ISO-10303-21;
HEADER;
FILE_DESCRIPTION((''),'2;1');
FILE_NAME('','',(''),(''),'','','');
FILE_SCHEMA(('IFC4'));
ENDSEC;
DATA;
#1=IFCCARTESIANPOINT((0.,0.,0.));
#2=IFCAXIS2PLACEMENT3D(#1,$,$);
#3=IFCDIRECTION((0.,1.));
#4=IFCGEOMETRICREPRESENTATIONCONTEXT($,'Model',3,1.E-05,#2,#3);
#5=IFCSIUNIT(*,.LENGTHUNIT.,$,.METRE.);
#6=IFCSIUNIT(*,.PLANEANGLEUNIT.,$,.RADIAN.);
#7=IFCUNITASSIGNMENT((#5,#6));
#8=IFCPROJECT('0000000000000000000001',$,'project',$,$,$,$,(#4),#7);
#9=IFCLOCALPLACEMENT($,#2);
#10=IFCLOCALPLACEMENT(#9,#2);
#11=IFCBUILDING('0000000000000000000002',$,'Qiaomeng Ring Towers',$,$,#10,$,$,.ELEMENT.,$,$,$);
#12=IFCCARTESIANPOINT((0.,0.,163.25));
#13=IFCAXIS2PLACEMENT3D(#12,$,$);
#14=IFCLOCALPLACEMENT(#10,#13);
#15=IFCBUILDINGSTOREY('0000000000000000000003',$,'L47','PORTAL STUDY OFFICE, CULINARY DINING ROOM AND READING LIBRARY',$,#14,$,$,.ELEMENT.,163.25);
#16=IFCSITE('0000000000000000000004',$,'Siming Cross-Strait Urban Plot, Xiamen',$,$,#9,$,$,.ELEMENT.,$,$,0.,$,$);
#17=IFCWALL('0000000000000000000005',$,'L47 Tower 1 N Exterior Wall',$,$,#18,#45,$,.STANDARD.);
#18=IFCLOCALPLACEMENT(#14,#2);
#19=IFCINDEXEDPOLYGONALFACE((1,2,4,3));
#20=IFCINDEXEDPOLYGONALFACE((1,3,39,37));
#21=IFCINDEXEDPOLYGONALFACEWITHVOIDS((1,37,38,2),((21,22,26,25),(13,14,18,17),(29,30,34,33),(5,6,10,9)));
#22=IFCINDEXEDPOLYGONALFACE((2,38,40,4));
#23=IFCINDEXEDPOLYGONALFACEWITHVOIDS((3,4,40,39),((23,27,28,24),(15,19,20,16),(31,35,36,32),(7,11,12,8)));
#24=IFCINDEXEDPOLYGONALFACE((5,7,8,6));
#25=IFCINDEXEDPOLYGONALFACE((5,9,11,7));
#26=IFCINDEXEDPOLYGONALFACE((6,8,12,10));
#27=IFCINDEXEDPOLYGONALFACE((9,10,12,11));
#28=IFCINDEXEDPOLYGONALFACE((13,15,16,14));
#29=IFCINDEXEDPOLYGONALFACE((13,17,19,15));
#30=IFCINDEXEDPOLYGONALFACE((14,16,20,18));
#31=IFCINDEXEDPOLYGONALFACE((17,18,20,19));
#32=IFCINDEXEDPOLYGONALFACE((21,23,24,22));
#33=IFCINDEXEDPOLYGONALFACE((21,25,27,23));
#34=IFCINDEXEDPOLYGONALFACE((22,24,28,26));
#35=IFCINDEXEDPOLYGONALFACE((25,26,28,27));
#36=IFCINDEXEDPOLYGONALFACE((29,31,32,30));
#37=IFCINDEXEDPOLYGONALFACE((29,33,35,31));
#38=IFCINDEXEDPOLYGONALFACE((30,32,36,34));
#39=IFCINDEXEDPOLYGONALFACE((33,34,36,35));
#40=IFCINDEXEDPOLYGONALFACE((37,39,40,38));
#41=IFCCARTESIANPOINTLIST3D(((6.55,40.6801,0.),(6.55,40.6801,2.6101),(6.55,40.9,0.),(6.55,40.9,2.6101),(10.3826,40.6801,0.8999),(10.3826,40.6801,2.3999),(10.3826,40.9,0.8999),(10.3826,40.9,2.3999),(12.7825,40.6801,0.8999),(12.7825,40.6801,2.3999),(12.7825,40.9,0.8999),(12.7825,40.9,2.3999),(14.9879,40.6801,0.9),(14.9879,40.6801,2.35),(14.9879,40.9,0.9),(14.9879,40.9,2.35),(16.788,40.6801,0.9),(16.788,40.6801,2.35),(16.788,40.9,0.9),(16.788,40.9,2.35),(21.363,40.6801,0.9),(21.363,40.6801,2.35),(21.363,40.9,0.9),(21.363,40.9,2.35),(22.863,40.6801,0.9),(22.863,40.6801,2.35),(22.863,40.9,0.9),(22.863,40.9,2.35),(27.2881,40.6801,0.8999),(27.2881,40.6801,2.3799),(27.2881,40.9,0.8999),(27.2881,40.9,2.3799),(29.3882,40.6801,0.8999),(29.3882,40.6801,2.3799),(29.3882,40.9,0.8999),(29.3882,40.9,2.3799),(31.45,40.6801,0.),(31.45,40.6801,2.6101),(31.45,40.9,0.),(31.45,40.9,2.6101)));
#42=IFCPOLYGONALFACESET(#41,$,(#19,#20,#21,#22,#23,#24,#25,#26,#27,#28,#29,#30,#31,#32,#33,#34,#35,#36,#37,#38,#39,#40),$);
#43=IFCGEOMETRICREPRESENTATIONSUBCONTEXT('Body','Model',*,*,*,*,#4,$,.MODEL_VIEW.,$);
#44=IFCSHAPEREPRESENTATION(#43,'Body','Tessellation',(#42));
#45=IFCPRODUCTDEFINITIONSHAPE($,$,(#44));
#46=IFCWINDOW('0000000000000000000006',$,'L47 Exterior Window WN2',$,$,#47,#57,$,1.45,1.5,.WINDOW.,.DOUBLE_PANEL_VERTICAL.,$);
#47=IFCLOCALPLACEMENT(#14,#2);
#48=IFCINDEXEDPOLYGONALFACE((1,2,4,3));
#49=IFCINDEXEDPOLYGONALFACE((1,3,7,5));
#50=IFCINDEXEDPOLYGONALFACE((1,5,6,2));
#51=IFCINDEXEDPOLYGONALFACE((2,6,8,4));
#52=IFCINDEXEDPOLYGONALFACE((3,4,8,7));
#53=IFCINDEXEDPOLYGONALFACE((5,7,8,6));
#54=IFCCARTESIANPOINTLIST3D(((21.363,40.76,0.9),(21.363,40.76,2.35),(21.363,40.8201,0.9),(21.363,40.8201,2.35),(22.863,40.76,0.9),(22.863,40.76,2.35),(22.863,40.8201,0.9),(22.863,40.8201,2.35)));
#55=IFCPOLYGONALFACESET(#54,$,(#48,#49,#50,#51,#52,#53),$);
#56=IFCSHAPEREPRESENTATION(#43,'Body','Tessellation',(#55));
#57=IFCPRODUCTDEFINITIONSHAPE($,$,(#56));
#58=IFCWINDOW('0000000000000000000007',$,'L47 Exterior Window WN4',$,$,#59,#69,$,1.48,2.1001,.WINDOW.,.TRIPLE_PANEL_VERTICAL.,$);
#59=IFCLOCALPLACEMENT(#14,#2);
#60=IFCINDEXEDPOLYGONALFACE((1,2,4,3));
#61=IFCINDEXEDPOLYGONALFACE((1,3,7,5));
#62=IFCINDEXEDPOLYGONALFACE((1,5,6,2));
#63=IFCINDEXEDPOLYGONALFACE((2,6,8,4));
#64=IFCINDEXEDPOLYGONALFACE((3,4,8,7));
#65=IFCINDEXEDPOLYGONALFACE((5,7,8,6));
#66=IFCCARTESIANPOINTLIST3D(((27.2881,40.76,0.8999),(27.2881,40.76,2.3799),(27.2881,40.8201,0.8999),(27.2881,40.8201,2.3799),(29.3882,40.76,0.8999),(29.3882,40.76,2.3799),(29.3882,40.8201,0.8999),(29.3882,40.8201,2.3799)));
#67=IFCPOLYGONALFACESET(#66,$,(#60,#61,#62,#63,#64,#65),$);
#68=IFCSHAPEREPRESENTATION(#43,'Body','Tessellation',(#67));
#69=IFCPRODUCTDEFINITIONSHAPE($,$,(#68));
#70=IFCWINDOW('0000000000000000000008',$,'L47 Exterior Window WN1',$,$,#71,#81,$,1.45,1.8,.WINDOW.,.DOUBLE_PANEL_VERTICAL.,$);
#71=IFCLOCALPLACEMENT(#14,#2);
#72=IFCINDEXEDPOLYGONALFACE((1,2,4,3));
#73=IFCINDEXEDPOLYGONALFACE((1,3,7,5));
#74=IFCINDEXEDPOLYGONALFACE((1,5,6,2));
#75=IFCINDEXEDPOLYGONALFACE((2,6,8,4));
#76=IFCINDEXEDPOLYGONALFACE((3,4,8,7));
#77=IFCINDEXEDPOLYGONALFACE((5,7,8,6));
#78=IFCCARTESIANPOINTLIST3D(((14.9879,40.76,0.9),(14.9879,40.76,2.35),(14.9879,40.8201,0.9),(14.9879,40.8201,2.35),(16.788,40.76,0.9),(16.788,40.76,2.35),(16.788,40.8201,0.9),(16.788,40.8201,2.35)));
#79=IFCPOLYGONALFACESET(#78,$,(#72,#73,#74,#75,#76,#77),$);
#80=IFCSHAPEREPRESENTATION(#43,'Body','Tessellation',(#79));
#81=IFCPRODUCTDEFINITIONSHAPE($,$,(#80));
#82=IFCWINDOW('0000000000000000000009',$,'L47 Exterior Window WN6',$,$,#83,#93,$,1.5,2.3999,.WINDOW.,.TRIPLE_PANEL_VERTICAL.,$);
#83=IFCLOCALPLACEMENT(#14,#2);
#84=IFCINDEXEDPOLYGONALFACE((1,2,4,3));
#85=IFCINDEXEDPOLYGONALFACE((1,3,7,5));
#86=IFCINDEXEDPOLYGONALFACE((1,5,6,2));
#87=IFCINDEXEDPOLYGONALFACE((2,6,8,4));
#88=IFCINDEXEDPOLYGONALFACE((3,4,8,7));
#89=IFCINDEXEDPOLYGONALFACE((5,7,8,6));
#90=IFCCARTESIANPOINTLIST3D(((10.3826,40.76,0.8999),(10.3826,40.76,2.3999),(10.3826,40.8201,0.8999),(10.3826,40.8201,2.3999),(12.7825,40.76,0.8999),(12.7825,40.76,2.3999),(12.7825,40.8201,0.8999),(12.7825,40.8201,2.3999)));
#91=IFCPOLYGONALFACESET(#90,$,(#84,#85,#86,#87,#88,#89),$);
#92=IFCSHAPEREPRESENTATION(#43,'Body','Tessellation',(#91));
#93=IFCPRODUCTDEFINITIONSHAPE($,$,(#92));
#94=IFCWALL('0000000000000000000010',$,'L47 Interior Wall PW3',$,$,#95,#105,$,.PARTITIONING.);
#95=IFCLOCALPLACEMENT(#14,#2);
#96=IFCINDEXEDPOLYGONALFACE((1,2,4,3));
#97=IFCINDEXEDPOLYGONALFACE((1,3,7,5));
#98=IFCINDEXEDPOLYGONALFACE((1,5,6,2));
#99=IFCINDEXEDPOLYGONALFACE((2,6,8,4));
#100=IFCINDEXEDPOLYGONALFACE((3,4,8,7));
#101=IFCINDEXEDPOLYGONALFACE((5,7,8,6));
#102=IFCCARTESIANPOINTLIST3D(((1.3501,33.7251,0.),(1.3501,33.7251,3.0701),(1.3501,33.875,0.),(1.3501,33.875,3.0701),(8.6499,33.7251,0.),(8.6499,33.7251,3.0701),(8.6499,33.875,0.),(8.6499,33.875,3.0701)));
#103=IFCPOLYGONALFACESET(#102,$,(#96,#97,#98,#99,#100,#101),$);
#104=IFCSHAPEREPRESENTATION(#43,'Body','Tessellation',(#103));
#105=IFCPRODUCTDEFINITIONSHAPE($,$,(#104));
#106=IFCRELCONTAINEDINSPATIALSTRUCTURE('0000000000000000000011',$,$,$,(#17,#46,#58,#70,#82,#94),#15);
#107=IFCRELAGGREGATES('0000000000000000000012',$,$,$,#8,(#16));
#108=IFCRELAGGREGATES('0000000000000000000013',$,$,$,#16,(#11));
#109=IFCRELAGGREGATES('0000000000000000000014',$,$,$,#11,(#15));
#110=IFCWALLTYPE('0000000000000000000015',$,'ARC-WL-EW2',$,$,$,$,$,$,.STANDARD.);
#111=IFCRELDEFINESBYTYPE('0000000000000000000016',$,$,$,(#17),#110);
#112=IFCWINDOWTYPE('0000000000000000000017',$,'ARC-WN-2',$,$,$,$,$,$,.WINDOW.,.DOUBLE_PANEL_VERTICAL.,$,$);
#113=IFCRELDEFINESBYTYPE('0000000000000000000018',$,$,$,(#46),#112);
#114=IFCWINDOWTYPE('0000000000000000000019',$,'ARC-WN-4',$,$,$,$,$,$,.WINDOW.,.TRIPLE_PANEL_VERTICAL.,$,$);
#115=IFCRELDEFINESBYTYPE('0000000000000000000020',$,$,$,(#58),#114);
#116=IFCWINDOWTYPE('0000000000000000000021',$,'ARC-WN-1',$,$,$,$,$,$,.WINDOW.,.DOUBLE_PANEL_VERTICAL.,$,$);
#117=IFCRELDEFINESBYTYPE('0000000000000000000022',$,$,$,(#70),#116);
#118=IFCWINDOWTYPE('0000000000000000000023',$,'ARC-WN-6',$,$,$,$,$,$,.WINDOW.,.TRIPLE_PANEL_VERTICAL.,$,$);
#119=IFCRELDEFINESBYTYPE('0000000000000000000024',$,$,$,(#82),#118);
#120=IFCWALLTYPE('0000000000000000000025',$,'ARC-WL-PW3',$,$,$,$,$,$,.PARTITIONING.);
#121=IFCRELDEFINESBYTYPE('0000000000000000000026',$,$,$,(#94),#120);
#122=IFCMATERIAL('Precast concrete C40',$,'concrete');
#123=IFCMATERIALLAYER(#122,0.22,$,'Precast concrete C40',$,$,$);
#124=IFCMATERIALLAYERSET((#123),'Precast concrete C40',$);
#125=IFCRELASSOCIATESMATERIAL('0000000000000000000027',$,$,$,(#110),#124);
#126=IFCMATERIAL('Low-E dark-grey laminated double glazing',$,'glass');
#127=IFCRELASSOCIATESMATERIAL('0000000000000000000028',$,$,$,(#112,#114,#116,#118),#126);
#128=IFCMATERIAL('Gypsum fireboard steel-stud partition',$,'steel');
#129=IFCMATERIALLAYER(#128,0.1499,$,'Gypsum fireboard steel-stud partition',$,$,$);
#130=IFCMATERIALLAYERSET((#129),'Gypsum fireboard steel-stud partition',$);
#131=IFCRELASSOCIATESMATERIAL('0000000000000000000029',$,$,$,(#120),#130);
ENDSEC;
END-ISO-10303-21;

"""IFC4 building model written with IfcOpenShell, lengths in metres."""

from ifc_helpers import new_model, si_unit, direction, frame, frame_2d, origin, place, context, subcontext, project, spatial, rectangle, extrude, source, transform, mapped, material, layer, layer_set, type_object, element, fill, save


model = new_model("IFC4")

# Units and contexts
model_context = context("Model", 3, precision=1e-05, world=origin(), true_north=direction((0.0, 1.0)))
body_context = subcontext(model_context, "Body", "Model", "MODEL_VIEW")
ifc_project = project(units=[si_unit("LENGTHUNIT", "METRE"), si_unit("PLANEANGLEUNIT", "RADIAN")], contexts=[model_context])

# Site, building, storey
site_placement = place(None, origin())
site = spatial("IfcSite", under=ifc_project, at=site_placement, Name="Siming Cross-Strait Urban Plot, Xiamen", CompositionType="ELEMENT", RefElevation=0.0)
building_placement = place(site_placement, origin())
building = spatial("IfcBuilding", under=site, at=building_placement, Name="Qiaomeng Ring Towers", CompositionType="ELEMENT")
storey_placement = place(building_placement, frame((0.0, 0.0, 163.25)))
storey = spatial("IfcBuildingStorey", under=building, at=storey_placement, Name="L47", Description="PORTAL STUDY OFFICE, CULINARY DINING ROOM AND READING LIBRARY", CompositionType="ELEMENT", Elevation=163.25)

# Shared definitions
ifc_material_1 = material(Name="Low-E dark-grey laminated double glazing", Category="glass")

# Wall, openings, windows
ifc_material_2 = material(Name="Precast concrete C40", Category="concrete")
ifc_layer_1 = layer(ifc_material_2, 0.22, Name="Precast concrete C40")
ifc_layer_set_1 = layer_set([ifc_layer_1], Name="Precast concrete C40")
wall_type_1 = type_object("IfcWallType", Name="ARC-WL-EW2", PredefinedType="STANDARD", material=ifc_layer_set_1)
wall_1_placement = place(storey_placement, frame((6.55, 40.79, 0.0), z_axis=(0.0, 0.0, 1.0), x_axis=(1.0, 0.0, 0.0)))
wall_1 = element("IfcWall", 1, at=wall_1_placement, inside=storey, type_object=wall_type_1, Name="L47 Tower 1 N Exterior Wall", PredefinedType="STANDARD", context=body_context, shape_type="SweptSolid", body=[
    extrude(rectangle(XDim=24.8999, YDim=0.22, at=frame_2d((12.45, 0.0))), origin(), (0.0, 0.0, 1.0), 2.6101),
])
opening_1_placement = place(wall_1_placement, frame((3.8325, 0.0, 0.8999)))
opening_1 = element("IfcOpeningElement", 2, at=opening_1_placement, cuts=wall_1, PredefinedType="OPENING", context=body_context, shape_type="SweptSolid", body=[
    extrude(rectangle(XDim=2.3999, YDim=1.5, at=frame_2d((1.2, 0.75))), frame((0.0, 0.1199, 0.0), z_axis=(0.0, -1.0, 0.0), x_axis=(1.0, 0.0, 0.0)), (0.0, 0.0, 1.0), 0.24),
])
opening_2_placement = place(wall_1_placement, frame((8.438, 0.0, 0.8999)))
opening_2 = element("IfcOpeningElement", 3, at=opening_2_placement, cuts=wall_1, PredefinedType="OPENING", context=body_context, shape_type="SweptSolid", body=[
    extrude(rectangle(XDim=1.8, YDim=1.45, at=frame_2d((0.8999, 0.7251))), frame((0.0, 0.1199, 0.0), z_axis=(0.0, -1.0, 0.0), x_axis=(1.0, 0.0, 0.0)), (0.0, 0.0, 1.0), 0.24),
])
opening_3_placement = place(wall_1_placement, frame((14.813, 0.0, 0.8999)))
opening_3 = element("IfcOpeningElement", 4, at=opening_3_placement, cuts=wall_1, PredefinedType="OPENING", context=body_context, shape_type="SweptSolid", body=[
    extrude(rectangle(XDim=1.5, YDim=1.45, at=frame_2d((0.75, 0.7251))), frame((0.0, 0.1199, 0.0), z_axis=(0.0, -1.0, 0.0), x_axis=(1.0, 0.0, 0.0)), (0.0, 0.0, 1.0), 0.24),
])
opening_4_placement = place(wall_1_placement, frame((20.738, 0.0, 0.8999)))
opening_4 = element("IfcOpeningElement", 5, at=opening_4_placement, cuts=wall_1, PredefinedType="OPENING", context=body_context, shape_type="SweptSolid", body=[
    extrude(rectangle(XDim=2.1001, YDim=1.48, at=frame_2d((1.05, 0.74))), frame((0.0, 0.1199, 0.0), z_axis=(0.0, -1.0, 0.0), x_axis=(1.0, 0.0, 0.0)), (0.0, 0.0, 1.0), 0.24),
])
window_type_1 = type_object("IfcWindowType", Name="ARC-WN-2", PartitioningType="DOUBLE_PANEL_VERTICAL", PredefinedType="WINDOW", material=ifc_material_1)
shared_shape_1 = source(origin(), body_context, "Body", "SweptSolid", [
    extrude(rectangle(XDim=1.5, YDim=1.45, at=frame_2d((0.75, 0.7251))), frame((0.0, 0.03, 0.0), z_axis=(0.0, -1.0, 0.0), x_axis=(1.0, 0.0, 0.0)), (0.0, 0.0, 1.0), 0.0601),
])
window_1_placement = place(opening_3_placement, origin())
window_1 = element("IfcWindow", 6, at=window_1_placement, inside=storey, type_object=window_type_1, Name="L47 Exterior Window WN2", OverallHeight=1.45, OverallWidth=1.5, PartitioningType="DOUBLE_PANEL_VERTICAL", PredefinedType="WINDOW", context=body_context, shape_type="MappedRepresentation", body=[
    mapped(shared_shape_1, transform((0.0, 0.0, 0.0), x_axis=(1.0, 0.0, 0.0), y_axis=(0.0, 1.0, 0.0), z_axis=(0.0, 0.0, 1.0), scale=1.0)),
])
fill(opening_3, window_1)
window_type_2 = type_object("IfcWindowType", Name="ARC-WN-4", PartitioningType="TRIPLE_PANEL_VERTICAL", PredefinedType="WINDOW", material=ifc_material_1)
shared_shape_2 = source(origin(), body_context, "Body", "SweptSolid", [
    extrude(rectangle(XDim=2.1001, YDim=1.48, at=frame_2d((1.05, 0.74))), frame((0.0, 0.03, 0.0), z_axis=(0.0, -1.0, 0.0), x_axis=(1.0, 0.0, 0.0)), (0.0, 0.0, 1.0), 0.0601),
])
window_2_placement = place(opening_4_placement, origin())
window_2 = element("IfcWindow", 7, at=window_2_placement, inside=storey, type_object=window_type_2, Name="L47 Exterior Window WN4", OverallHeight=1.48, OverallWidth=2.1001, PartitioningType="TRIPLE_PANEL_VERTICAL", PredefinedType="WINDOW", context=body_context, shape_type="MappedRepresentation", body=[
    mapped(shared_shape_2, transform((0.0, 0.0, 0.0), x_axis=(1.0, 0.0, 0.0), y_axis=(0.0, 1.0, 0.0), z_axis=(0.0, 0.0, 1.0), scale=1.0)),
])
fill(opening_4, window_2)
window_type_3 = type_object("IfcWindowType", Name="ARC-WN-1", PartitioningType="DOUBLE_PANEL_VERTICAL", PredefinedType="WINDOW", material=ifc_material_1)
shared_shape_3 = source(origin(), body_context, "Body", "SweptSolid", [
    extrude(rectangle(XDim=1.8, YDim=1.45, at=frame_2d((0.8999, 0.7251))), frame((0.0, 0.03, 0.0), z_axis=(0.0, -1.0, 0.0), x_axis=(1.0, 0.0, 0.0)), (0.0, 0.0, 1.0), 0.0601),
])
window_3_placement = place(opening_2_placement, origin())
window_3 = element("IfcWindow", 8, at=window_3_placement, inside=storey, type_object=window_type_3, Name="L47 Exterior Window WN1", OverallHeight=1.45, OverallWidth=1.8, PartitioningType="DOUBLE_PANEL_VERTICAL", PredefinedType="WINDOW", context=body_context, shape_type="MappedRepresentation", body=[
    mapped(shared_shape_3, transform((0.0, 0.0, 0.0), x_axis=(1.0, 0.0, 0.0), y_axis=(0.0, 1.0, 0.0), z_axis=(0.0, 0.0, 1.0), scale=1.0)),
])
fill(opening_2, window_3)
window_type_4 = type_object("IfcWindowType", Name="ARC-WN-6", PartitioningType="TRIPLE_PANEL_VERTICAL", PredefinedType="WINDOW", material=ifc_material_1)
shared_shape_4 = source(origin(), body_context, "Body", "SweptSolid", [
    extrude(rectangle(XDim=2.3999, YDim=1.5, at=frame_2d((1.2, 0.75))), frame((0.0, 0.03, 0.0), z_axis=(0.0, -1.0, 0.0), x_axis=(1.0, 0.0, 0.0)), (0.0, 0.0, 1.0), 0.0601),
])
window_4_placement = place(opening_1_placement, origin())
window_4 = element("IfcWindow", 9, at=window_4_placement, inside=storey, type_object=window_type_4, Name="L47 Exterior Window WN6", OverallHeight=1.5, OverallWidth=2.3999, PartitioningType="TRIPLE_PANEL_VERTICAL", PredefinedType="WINDOW", context=body_context, shape_type="MappedRepresentation", body=[
    mapped(shared_shape_4, transform((0.0, 0.0, 0.0), x_axis=(1.0, 0.0, 0.0), y_axis=(0.0, 1.0, 0.0), z_axis=(0.0, 0.0, 1.0), scale=1.0)),
])
fill(opening_1, window_4)

# Wall
ifc_material_3 = material(Name="Gypsum fireboard steel-stud partition", Category="steel")
ifc_layer_2 = layer(ifc_material_3, 0.1499, Name="Gypsum fireboard steel-stud partition")
ifc_layer_set_2 = layer_set([ifc_layer_2], Name="Gypsum fireboard steel-stud partition")
wall_type_2 = type_object("IfcWallType", Name="ARC-WL-PW3", PredefinedType="PARTITIONING", material=ifc_layer_set_2)
wall_2_placement = place(storey_placement, frame((1.3501, 33.8, 0.0), z_axis=(0.0, 0.0, 1.0), x_axis=(1.0, 0.0, 0.0)))
element("IfcWall", 10, at=wall_2_placement, inside=storey, type_object=wall_type_2, Name="L47 Interior Wall PW3", PredefinedType="PARTITIONING", context=body_context, shape_type="SweptSolid", body=[
    extrude(rectangle(XDim=7.2998, YDim=0.1499, at=frame_2d((3.6499, 0.0))), origin(), (0.0, 0.0, 1.0), 3.0701),
])

save(model, "model.ifc")
